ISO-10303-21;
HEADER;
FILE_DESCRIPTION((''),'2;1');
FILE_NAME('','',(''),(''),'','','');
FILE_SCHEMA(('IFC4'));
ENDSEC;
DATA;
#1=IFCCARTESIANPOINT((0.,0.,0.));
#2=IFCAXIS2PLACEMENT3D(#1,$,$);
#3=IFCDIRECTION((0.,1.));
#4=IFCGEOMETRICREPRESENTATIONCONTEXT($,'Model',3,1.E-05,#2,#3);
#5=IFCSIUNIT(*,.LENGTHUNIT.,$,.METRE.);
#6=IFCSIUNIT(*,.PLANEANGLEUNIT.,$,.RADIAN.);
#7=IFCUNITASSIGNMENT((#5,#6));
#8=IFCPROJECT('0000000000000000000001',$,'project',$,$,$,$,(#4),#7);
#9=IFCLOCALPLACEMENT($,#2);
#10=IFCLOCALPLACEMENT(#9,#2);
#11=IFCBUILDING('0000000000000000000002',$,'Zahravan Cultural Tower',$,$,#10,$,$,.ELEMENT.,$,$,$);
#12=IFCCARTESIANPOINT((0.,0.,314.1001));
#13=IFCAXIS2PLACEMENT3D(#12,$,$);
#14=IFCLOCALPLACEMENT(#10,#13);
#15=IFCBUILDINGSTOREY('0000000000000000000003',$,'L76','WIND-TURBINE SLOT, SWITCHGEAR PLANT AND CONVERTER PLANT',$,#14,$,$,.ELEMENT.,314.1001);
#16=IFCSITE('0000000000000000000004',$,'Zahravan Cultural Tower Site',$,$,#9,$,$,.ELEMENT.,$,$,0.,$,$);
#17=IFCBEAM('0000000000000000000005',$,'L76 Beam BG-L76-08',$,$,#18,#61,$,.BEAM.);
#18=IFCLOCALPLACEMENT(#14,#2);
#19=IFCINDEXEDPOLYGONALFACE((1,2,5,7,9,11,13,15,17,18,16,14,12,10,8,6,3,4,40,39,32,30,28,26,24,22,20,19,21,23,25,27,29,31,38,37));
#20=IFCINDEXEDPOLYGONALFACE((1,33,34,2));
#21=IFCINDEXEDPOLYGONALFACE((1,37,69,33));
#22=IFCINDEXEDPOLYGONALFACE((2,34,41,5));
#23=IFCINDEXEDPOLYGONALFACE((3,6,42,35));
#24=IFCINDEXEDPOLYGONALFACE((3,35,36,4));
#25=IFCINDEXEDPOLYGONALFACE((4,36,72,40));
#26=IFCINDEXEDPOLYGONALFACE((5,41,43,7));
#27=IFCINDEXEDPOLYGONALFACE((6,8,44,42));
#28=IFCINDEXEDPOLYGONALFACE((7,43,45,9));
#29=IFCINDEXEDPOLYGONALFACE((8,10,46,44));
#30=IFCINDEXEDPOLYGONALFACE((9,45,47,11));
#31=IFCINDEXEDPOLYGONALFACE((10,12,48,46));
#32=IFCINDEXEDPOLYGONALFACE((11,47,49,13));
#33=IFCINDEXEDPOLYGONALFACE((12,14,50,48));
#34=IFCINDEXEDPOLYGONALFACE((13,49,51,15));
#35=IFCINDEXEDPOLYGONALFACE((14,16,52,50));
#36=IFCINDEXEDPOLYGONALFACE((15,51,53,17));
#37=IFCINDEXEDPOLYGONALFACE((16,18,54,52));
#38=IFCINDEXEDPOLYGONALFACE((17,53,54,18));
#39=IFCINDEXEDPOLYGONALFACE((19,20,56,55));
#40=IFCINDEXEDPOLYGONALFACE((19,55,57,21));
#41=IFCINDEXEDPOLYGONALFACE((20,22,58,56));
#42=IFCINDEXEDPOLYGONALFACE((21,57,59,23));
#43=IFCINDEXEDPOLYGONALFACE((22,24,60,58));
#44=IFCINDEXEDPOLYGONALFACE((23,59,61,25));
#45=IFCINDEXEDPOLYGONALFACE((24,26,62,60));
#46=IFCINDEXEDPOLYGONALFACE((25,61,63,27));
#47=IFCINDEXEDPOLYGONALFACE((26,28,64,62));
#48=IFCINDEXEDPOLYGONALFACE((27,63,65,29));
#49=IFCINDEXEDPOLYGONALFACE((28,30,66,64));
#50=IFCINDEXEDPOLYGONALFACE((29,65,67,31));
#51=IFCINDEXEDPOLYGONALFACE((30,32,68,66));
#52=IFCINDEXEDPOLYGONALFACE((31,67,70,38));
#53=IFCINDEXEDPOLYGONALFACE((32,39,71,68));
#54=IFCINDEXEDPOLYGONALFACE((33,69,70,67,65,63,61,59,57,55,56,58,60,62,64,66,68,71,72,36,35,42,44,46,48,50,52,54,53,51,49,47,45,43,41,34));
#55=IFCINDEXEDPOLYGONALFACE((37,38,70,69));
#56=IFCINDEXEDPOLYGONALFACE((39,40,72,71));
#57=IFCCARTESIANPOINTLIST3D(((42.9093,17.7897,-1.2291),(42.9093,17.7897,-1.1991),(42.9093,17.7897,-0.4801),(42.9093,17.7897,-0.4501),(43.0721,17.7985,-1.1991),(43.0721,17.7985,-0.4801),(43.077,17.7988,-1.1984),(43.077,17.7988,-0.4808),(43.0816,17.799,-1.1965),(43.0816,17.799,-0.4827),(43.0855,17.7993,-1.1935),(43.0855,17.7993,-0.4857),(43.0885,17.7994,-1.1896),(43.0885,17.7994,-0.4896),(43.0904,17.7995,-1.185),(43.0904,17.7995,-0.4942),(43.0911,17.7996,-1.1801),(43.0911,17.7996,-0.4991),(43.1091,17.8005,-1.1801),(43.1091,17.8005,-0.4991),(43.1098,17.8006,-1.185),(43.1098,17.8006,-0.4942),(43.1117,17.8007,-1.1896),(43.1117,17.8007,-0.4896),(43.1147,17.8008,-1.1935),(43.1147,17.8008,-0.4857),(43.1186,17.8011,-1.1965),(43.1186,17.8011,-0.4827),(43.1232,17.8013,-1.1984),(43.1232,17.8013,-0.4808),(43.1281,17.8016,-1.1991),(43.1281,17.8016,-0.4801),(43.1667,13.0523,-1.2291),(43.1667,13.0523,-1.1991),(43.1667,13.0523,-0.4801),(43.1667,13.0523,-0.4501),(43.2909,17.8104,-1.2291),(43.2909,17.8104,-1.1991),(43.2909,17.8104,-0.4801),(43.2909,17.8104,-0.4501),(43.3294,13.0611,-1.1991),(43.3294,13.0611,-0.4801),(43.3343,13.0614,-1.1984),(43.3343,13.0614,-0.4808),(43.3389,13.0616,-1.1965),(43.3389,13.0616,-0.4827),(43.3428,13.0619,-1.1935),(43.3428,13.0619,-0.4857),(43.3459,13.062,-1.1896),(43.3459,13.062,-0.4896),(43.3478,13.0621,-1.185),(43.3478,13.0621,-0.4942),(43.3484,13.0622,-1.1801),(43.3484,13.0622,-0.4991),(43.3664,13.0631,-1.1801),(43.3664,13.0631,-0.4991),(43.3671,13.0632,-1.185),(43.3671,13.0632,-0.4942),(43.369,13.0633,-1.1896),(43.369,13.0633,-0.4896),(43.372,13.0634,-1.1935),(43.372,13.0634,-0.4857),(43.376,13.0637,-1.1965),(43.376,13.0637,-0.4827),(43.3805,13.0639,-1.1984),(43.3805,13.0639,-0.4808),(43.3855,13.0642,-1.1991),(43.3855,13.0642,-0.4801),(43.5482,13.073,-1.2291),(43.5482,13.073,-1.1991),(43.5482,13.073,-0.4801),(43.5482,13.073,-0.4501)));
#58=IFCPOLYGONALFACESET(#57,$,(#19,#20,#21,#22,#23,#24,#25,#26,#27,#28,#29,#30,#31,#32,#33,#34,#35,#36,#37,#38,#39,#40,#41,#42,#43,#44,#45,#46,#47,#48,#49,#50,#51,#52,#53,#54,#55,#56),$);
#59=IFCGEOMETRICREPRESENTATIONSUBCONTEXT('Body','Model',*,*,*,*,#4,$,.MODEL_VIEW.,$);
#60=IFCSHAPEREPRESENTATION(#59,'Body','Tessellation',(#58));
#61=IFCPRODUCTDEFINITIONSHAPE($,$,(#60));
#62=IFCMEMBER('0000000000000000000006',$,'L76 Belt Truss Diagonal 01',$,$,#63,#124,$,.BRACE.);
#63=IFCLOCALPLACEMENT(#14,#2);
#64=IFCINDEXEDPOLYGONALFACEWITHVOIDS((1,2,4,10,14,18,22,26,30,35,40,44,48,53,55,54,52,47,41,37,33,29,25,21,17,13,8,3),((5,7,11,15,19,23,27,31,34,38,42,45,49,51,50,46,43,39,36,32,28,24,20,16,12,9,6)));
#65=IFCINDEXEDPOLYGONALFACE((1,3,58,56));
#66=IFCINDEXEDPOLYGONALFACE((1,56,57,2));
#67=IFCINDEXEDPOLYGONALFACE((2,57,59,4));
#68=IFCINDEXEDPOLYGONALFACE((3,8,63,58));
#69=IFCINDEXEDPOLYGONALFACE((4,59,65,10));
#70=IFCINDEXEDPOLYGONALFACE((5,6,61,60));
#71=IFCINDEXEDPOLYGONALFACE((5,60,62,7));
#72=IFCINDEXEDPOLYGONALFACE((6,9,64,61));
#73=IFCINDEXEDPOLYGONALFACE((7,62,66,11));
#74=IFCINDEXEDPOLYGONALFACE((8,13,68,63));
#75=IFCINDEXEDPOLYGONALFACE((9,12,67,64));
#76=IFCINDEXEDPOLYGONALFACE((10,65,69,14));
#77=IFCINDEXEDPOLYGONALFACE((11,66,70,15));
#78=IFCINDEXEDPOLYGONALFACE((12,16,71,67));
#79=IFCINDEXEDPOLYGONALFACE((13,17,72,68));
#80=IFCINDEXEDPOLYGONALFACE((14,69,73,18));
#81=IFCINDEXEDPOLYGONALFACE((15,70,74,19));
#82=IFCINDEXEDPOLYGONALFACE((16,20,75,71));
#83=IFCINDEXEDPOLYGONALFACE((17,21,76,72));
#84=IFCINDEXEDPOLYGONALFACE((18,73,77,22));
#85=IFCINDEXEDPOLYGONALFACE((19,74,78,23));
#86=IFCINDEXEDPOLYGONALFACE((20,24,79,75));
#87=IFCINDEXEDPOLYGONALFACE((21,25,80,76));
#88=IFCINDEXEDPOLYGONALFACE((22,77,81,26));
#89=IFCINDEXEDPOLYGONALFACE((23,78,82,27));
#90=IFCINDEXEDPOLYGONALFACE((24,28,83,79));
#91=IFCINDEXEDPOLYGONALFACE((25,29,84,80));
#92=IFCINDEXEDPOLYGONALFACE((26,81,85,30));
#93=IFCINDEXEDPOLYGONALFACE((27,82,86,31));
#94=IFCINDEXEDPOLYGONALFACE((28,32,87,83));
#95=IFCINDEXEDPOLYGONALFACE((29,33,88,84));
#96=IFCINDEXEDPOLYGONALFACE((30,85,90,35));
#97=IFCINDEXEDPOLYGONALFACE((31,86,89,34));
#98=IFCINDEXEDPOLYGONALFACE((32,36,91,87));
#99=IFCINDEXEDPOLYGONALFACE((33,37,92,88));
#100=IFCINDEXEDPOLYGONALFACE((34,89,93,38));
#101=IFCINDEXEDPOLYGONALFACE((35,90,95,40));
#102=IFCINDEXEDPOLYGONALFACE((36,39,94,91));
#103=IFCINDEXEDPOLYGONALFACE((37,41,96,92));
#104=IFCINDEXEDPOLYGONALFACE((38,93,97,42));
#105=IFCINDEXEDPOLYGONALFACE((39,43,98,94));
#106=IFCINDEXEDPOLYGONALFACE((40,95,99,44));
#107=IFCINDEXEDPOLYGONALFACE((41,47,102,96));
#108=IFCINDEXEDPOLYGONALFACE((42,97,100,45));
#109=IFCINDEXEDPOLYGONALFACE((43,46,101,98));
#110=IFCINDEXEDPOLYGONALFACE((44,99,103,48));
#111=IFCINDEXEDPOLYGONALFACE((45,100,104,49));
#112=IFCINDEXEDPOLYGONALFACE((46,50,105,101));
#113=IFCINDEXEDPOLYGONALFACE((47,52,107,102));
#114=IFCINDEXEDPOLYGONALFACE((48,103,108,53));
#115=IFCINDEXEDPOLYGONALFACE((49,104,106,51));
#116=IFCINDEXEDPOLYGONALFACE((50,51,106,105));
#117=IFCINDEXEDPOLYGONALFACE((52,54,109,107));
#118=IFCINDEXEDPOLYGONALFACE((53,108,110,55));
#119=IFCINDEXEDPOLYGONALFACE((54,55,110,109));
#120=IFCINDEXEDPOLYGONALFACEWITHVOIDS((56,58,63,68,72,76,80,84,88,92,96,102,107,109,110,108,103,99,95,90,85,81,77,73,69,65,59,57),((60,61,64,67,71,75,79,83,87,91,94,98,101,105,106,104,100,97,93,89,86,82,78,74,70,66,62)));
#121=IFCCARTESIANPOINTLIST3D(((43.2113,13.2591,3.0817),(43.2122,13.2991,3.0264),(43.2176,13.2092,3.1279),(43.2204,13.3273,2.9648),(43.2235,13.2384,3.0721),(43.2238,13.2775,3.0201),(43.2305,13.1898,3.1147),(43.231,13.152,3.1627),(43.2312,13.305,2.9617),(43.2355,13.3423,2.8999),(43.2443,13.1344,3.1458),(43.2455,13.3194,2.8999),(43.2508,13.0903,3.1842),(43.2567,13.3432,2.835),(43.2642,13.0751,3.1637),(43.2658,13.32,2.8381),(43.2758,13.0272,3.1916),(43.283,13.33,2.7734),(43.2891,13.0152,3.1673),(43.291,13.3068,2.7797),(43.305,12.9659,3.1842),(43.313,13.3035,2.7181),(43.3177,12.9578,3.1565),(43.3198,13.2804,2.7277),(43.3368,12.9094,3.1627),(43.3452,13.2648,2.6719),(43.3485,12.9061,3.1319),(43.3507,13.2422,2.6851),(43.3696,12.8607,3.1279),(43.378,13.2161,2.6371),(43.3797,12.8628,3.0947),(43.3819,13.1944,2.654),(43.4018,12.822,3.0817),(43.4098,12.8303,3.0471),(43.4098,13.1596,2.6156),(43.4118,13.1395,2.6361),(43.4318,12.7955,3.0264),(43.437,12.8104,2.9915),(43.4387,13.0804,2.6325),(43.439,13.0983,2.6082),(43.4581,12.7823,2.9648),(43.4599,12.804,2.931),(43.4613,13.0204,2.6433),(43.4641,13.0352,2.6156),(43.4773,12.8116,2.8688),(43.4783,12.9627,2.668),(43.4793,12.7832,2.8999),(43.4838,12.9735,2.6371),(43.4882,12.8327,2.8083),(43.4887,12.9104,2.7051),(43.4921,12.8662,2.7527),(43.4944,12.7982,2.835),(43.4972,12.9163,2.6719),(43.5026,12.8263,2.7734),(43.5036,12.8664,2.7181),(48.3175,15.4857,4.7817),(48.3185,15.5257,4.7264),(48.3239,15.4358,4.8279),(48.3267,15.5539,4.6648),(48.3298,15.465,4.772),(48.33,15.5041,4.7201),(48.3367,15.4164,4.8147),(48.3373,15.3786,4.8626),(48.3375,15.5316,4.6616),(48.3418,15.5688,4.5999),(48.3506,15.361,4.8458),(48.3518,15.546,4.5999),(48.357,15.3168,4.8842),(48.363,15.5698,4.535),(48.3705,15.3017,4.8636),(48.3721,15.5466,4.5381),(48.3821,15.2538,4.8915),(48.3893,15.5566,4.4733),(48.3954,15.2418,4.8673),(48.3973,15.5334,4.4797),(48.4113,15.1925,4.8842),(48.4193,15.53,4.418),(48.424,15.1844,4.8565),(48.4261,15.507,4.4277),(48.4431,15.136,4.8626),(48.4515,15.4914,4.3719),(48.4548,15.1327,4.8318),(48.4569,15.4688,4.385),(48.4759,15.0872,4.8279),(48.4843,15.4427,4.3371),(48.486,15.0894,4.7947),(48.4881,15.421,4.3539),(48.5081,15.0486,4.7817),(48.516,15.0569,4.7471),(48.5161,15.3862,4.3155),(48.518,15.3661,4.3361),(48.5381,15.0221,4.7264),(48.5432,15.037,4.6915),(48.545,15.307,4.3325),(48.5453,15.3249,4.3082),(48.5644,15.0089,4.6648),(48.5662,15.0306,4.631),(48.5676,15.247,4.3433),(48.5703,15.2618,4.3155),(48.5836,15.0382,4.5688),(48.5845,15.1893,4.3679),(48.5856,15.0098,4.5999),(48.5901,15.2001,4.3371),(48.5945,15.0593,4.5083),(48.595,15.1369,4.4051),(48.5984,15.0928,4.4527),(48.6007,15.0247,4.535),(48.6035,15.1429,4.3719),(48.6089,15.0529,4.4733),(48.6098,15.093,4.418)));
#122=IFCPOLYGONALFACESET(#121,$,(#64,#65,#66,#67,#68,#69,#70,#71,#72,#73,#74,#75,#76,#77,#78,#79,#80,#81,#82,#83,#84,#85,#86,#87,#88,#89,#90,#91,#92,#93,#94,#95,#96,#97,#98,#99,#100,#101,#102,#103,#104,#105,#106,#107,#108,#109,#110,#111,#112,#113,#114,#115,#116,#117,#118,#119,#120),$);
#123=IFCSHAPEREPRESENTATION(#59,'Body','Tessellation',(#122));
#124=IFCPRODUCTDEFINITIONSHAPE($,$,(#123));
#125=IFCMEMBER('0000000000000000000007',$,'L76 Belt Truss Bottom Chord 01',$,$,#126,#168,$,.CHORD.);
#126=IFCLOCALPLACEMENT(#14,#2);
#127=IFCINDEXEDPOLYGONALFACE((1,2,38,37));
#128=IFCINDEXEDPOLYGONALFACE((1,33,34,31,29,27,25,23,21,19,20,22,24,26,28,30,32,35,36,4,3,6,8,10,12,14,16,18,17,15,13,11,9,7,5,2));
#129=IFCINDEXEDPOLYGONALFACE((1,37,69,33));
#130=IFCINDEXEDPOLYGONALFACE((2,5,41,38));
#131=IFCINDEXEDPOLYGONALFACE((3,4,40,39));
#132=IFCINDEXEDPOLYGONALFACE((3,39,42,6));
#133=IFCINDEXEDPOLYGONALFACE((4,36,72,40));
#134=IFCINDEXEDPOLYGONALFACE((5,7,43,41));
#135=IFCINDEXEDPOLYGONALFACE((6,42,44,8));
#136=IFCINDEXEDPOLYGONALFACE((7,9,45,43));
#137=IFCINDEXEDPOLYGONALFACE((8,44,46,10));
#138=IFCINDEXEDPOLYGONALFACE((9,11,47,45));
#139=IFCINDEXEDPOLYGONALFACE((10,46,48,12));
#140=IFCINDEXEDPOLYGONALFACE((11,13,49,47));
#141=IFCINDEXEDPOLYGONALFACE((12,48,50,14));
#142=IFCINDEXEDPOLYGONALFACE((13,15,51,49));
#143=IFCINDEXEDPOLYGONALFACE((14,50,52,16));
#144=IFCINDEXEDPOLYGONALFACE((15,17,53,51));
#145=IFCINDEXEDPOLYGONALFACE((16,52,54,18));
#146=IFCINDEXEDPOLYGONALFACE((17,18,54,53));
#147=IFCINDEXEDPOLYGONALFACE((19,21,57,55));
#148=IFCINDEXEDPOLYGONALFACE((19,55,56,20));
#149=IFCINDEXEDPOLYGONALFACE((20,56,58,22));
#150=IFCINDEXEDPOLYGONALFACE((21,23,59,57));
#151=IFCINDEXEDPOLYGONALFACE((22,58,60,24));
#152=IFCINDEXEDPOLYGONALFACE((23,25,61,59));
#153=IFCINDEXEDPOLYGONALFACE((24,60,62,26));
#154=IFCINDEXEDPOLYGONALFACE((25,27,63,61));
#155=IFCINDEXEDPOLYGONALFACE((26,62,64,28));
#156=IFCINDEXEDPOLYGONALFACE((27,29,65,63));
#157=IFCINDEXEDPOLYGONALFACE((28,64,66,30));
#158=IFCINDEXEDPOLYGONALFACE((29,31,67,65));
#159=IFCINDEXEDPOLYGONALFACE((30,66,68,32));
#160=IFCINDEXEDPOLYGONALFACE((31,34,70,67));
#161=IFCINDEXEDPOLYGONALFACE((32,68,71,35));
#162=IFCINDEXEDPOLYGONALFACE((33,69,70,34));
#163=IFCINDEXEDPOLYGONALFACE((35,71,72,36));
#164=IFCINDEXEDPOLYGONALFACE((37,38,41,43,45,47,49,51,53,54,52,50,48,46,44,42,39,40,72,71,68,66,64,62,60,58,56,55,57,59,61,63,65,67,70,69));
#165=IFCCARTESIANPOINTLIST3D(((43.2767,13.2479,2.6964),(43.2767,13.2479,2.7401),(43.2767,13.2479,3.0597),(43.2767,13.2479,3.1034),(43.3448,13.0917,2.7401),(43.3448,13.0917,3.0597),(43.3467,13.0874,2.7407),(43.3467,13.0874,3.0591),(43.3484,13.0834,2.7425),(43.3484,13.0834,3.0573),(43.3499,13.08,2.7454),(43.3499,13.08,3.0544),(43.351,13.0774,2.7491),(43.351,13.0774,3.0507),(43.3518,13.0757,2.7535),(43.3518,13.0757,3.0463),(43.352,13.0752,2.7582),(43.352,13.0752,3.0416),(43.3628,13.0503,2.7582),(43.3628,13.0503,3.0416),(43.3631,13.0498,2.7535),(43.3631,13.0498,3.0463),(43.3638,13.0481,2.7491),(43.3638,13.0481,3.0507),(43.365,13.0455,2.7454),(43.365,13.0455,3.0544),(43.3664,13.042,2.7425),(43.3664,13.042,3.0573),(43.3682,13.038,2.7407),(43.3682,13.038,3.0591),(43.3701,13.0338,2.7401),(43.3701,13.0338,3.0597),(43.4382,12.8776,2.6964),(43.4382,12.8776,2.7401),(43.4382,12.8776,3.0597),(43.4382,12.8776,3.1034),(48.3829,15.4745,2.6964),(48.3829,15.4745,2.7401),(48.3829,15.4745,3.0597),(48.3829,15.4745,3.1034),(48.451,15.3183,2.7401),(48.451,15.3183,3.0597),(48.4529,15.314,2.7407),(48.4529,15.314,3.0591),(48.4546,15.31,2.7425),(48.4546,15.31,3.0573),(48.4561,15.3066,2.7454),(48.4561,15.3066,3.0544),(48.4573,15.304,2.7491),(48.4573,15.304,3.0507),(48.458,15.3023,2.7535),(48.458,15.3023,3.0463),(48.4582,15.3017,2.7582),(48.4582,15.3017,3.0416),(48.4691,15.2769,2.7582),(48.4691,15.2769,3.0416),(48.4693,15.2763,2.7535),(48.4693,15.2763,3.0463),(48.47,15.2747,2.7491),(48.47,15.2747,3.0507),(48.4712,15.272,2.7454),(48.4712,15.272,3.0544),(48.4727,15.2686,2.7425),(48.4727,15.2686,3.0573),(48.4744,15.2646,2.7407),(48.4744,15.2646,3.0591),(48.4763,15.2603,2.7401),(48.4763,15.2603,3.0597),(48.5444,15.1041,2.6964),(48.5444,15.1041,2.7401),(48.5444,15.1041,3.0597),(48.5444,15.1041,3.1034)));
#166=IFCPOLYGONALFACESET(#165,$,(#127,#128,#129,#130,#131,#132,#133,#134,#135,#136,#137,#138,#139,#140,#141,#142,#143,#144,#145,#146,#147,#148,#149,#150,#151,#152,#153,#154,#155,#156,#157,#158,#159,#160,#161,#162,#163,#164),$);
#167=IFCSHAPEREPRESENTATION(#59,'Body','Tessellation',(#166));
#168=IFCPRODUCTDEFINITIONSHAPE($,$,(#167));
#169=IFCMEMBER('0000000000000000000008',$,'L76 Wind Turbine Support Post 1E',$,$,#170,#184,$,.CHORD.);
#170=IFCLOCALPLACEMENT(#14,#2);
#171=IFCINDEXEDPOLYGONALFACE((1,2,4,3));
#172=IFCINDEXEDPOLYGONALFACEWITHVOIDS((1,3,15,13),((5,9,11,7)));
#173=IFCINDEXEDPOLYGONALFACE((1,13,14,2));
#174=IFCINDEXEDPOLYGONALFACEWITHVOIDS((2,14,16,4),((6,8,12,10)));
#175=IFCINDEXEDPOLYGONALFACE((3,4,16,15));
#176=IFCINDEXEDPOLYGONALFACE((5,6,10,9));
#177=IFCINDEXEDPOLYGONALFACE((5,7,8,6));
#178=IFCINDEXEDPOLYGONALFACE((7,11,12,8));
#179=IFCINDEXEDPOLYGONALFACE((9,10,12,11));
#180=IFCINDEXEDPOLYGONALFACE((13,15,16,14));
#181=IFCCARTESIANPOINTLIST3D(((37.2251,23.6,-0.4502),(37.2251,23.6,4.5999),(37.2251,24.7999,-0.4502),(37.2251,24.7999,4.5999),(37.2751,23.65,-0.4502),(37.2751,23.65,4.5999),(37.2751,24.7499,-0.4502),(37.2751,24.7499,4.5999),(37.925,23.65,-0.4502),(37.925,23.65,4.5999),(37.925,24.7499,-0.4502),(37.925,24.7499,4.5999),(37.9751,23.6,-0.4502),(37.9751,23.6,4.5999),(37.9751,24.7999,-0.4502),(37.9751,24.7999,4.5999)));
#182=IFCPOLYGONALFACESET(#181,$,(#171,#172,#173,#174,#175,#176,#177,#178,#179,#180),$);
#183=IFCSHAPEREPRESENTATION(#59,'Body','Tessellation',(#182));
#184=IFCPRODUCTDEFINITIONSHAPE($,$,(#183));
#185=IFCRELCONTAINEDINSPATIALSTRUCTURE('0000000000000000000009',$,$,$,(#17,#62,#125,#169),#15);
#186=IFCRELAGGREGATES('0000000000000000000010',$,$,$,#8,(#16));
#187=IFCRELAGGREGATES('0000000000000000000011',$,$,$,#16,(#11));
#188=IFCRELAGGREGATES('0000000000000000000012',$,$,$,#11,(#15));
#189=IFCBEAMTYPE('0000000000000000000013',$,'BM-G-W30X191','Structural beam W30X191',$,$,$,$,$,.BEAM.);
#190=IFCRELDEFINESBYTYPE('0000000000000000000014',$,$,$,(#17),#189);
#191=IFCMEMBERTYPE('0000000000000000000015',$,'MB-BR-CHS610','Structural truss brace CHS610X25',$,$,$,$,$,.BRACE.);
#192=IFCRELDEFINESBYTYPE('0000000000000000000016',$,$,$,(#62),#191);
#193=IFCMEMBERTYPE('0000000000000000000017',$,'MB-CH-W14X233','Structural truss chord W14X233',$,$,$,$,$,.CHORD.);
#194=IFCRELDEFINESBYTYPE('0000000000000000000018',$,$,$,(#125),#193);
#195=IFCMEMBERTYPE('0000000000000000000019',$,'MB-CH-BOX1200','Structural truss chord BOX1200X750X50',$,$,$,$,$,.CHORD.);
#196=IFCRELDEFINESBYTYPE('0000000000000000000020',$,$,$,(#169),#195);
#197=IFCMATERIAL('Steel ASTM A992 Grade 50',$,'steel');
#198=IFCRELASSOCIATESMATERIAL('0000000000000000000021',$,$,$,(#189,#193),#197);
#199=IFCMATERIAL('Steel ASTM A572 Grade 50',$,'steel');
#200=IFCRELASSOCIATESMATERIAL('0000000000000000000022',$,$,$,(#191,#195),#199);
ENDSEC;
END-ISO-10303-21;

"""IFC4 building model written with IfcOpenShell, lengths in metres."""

from ifc_helpers import new_model, si_unit, direction, frame, origin, origin_2d, place, context, subcontext, project, spatial, hollow_rectangle, hollow_circle, i_section, extrude, source, transform, mapped, material, material_profile, profile_set, type_object, element, save


model = new_model("IFC4")

# Units and contexts
model_context = context("Model", 3, precision=1e-05, world=origin(), true_north=direction((0.0, 1.0)))
body_context = subcontext(model_context, "Body", "Model", "MODEL_VIEW")
ifc_project = project(units=[si_unit("LENGTHUNIT", "METRE"), si_unit("PLANEANGLEUNIT", "RADIAN")], contexts=[model_context])

# Site, building, storey
site_placement = place(None, origin())
site = spatial("IfcSite", under=ifc_project, at=site_placement, Name="Zahravan Cultural Tower Site", CompositionType="ELEMENT", RefElevation=0.0)
building_placement = place(site_placement, origin())
building = spatial("IfcBuilding", under=site, at=building_placement, Name="Zahravan Cultural Tower", CompositionType="ELEMENT")
storey_placement = place(building_placement, frame((0.0, 0.0, 314.1001)))
storey = spatial("IfcBuildingStorey", under=building, at=storey_placement, Name="L76", Description="WIND-TURBINE SLOT, SWITCHGEAR PLANT AND CONVERTER PLANT", CompositionType="ELEMENT", Elevation=314.1001)

# Shared definitions
ifc_material_1 = material(Name="Steel ASTM A992 Grade 50", Category="steel")

# Beam
ifc_material_profile_1 = material_profile(ifc_material_1, i_section(OverallWidth=0.3821, OverallDepth=0.7791, WebThickness=0.0181, FlangeThickness=0.03, FilletRadius=0.019, at=origin_2d()), Name="W30X191")
ifc_profile_set_1 = profile_set([ifc_material_profile_1], Name="Steel ASTM A992 Grade 50")
beam_type_1 = type_object("IfcBeamType", Name="BM-G-W30X191", Description="Structural beam W30X191", PredefinedType="BEAM", material=ifc_profile_set_1)
shared_shape_1 = source(origin(), body_context, "Body", "SweptSolid", [
    extrude(i_section(OverallWidth=0.3821, OverallDepth=0.7791, WebThickness=0.0181, FlangeThickness=0.03, FilletRadius=0.019, at=origin_2d()), origin(), (0.0, 0.0, 1.0), 4.7444),
])
beam_1_placement = place(storey_placement, frame((43.1001, 17.8, -0.8396), z_axis=(0.054239, -0.998528, 0.0), x_axis=(0.998528, 0.054239, 0.0)))
element("IfcBeam", 1, at=beam_1_placement, inside=storey, type_object=beam_type_1, Name="L76 Beam BG-L76-08", PredefinedType="BEAM", context=body_context, shape_type="MappedRepresentation", body=[
    mapped(shared_shape_1, transform((0.0, 0.0, 0.0), x_axis=(1.0, 0.0, 0.0), y_axis=(0.0, 1.0, 0.0), z_axis=(0.0, 0.0, 1.0), scale=1.0)),
])

# Members
ifc_material_2 = material(Name="Steel ASTM A572 Grade 50", Category="steel")
ifc_material_profile_2 = material_profile(ifc_material_2, hollow_circle(Radius=0.3049, WallThickness=0.0249, at=origin_2d()), Name="CHS610X25")
ifc_profile_set_2 = profile_set([ifc_material_profile_2], Name="Steel ASTM A572 Grade 50")
member_type_1 = type_object("IfcMemberType", Name="MB-BR-CHS610", Description="Structural truss brace CHS610X25", PredefinedType="BRACE", material=ifc_profile_set_2)
shared_shape_2 = source(origin(), body_context, "Body", "SweptSolid", [
    extrude(hollow_circle(Radius=0.3049, WallThickness=0.0249, at=origin_2d()), origin(), (0.0, 0.0, 1.0), 5.8242),
])
member_1_placement = place(storey_placement, frame((43.3574, 13.0627, 2.8999), z_axis=(0.876729, 0.382298, 0.29188), x_axis=(-0.399703, 0.916645, 0.0)))
element("IfcMember", 2, at=member_1_placement, inside=storey, type_object=member_type_1, Name="L76 Belt Truss Diagonal 01", PredefinedType="BRACE", context=body_context, shape_type="MappedRepresentation", body=[
    mapped(shared_shape_2, transform((0.0, 0.0, 0.0), x_axis=(1.0, 0.0, 0.0), y_axis=(0.0, 1.0, 0.0), z_axis=(0.0, 0.0, 1.0), scale=1.0)),
])
ifc_material_profile_3 = material_profile(ifc_material_1, i_section(OverallWidth=0.4041, OverallDepth=0.407, WebThickness=0.0271, FlangeThickness=0.0437, FilletRadius=0.0181, at=origin_2d()), Name="W14X233")
ifc_profile_set_3 = profile_set([ifc_material_profile_3], Name="Steel ASTM A992 Grade 50")
member_type_2 = type_object("IfcMemberType", Name="MB-CH-W14X233", Description="Structural truss chord W14X233", PredefinedType="CHORD", material=ifc_profile_set_3)
shared_shape_3 = source(origin(), body_context, "Body", "SweptSolid", [
    extrude(i_section(OverallWidth=0.4041, OverallDepth=0.407, WebThickness=0.0271, FlangeThickness=0.0437, FilletRadius=0.0181, at=origin_2d()), origin(), (0.0, 0.0, 1.0), 5.5706),
])
member_2_placement = place(storey_placement, frame((43.3574, 13.0627, 2.8999), z_axis=(0.916645, 0.399703, 0.0), x_axis=(-0.399703, 0.916645, 0.0)))
element("IfcMember", 3, at=member_2_placement, inside=storey, type_object=member_type_2, Name="L76 Belt Truss Bottom Chord 01", PredefinedType="CHORD", context=body_context, shape_type="MappedRepresentation", body=[
    mapped(shared_shape_3, transform((0.0, 0.0, 0.0), x_axis=(1.0, 0.0, 0.0), y_axis=(0.0, 1.0, 0.0), z_axis=(0.0, 0.0, 1.0), scale=1.0)),
])
ifc_material_profile_4 = material_profile(ifc_material_2, hollow_rectangle(XDim=0.75, YDim=1.2, WallThickness=0.05, at=origin_2d()), Name="BOX1200X750X50")
ifc_profile_set_4 = profile_set([ifc_material_profile_4], Name="Steel ASTM A572 Grade 50")
member_type_3 = type_object("IfcMemberType", Name="MB-CH-BOX1200", Description="Structural truss chord BOX1200X750X50", PredefinedType="CHORD", material=ifc_profile_set_4)
shared_shape_4 = source(origin(), body_context, "Body", "SweptSolid", [
    extrude(hollow_rectangle(XDim=0.75, YDim=1.2, WallThickness=0.05, at=origin_2d()), origin(), (0.0, 0.0, 1.0), 5.05),
])
member_3_placement = place(storey_placement, frame((37.6001, 24.2, -0.4502), z_axis=(0.0, 0.0, 1.0), x_axis=(1.0, 0.0, 0.0)))
element("IfcMember", 4, at=member_3_placement, inside=storey, type_object=member_type_3, Name="L76 Wind Turbine Support Post 1E", PredefinedType="CHORD", context=body_context, shape_type="MappedRepresentation", body=[
    mapped(shared_shape_4, transform((0.0, 0.0, 0.0), x_axis=(1.0, 0.0, 0.0), y_axis=(0.0, 1.0, 0.0), z_axis=(0.0, 0.0, 1.0), scale=1.0)),
])

save(model, "model.ifc")
